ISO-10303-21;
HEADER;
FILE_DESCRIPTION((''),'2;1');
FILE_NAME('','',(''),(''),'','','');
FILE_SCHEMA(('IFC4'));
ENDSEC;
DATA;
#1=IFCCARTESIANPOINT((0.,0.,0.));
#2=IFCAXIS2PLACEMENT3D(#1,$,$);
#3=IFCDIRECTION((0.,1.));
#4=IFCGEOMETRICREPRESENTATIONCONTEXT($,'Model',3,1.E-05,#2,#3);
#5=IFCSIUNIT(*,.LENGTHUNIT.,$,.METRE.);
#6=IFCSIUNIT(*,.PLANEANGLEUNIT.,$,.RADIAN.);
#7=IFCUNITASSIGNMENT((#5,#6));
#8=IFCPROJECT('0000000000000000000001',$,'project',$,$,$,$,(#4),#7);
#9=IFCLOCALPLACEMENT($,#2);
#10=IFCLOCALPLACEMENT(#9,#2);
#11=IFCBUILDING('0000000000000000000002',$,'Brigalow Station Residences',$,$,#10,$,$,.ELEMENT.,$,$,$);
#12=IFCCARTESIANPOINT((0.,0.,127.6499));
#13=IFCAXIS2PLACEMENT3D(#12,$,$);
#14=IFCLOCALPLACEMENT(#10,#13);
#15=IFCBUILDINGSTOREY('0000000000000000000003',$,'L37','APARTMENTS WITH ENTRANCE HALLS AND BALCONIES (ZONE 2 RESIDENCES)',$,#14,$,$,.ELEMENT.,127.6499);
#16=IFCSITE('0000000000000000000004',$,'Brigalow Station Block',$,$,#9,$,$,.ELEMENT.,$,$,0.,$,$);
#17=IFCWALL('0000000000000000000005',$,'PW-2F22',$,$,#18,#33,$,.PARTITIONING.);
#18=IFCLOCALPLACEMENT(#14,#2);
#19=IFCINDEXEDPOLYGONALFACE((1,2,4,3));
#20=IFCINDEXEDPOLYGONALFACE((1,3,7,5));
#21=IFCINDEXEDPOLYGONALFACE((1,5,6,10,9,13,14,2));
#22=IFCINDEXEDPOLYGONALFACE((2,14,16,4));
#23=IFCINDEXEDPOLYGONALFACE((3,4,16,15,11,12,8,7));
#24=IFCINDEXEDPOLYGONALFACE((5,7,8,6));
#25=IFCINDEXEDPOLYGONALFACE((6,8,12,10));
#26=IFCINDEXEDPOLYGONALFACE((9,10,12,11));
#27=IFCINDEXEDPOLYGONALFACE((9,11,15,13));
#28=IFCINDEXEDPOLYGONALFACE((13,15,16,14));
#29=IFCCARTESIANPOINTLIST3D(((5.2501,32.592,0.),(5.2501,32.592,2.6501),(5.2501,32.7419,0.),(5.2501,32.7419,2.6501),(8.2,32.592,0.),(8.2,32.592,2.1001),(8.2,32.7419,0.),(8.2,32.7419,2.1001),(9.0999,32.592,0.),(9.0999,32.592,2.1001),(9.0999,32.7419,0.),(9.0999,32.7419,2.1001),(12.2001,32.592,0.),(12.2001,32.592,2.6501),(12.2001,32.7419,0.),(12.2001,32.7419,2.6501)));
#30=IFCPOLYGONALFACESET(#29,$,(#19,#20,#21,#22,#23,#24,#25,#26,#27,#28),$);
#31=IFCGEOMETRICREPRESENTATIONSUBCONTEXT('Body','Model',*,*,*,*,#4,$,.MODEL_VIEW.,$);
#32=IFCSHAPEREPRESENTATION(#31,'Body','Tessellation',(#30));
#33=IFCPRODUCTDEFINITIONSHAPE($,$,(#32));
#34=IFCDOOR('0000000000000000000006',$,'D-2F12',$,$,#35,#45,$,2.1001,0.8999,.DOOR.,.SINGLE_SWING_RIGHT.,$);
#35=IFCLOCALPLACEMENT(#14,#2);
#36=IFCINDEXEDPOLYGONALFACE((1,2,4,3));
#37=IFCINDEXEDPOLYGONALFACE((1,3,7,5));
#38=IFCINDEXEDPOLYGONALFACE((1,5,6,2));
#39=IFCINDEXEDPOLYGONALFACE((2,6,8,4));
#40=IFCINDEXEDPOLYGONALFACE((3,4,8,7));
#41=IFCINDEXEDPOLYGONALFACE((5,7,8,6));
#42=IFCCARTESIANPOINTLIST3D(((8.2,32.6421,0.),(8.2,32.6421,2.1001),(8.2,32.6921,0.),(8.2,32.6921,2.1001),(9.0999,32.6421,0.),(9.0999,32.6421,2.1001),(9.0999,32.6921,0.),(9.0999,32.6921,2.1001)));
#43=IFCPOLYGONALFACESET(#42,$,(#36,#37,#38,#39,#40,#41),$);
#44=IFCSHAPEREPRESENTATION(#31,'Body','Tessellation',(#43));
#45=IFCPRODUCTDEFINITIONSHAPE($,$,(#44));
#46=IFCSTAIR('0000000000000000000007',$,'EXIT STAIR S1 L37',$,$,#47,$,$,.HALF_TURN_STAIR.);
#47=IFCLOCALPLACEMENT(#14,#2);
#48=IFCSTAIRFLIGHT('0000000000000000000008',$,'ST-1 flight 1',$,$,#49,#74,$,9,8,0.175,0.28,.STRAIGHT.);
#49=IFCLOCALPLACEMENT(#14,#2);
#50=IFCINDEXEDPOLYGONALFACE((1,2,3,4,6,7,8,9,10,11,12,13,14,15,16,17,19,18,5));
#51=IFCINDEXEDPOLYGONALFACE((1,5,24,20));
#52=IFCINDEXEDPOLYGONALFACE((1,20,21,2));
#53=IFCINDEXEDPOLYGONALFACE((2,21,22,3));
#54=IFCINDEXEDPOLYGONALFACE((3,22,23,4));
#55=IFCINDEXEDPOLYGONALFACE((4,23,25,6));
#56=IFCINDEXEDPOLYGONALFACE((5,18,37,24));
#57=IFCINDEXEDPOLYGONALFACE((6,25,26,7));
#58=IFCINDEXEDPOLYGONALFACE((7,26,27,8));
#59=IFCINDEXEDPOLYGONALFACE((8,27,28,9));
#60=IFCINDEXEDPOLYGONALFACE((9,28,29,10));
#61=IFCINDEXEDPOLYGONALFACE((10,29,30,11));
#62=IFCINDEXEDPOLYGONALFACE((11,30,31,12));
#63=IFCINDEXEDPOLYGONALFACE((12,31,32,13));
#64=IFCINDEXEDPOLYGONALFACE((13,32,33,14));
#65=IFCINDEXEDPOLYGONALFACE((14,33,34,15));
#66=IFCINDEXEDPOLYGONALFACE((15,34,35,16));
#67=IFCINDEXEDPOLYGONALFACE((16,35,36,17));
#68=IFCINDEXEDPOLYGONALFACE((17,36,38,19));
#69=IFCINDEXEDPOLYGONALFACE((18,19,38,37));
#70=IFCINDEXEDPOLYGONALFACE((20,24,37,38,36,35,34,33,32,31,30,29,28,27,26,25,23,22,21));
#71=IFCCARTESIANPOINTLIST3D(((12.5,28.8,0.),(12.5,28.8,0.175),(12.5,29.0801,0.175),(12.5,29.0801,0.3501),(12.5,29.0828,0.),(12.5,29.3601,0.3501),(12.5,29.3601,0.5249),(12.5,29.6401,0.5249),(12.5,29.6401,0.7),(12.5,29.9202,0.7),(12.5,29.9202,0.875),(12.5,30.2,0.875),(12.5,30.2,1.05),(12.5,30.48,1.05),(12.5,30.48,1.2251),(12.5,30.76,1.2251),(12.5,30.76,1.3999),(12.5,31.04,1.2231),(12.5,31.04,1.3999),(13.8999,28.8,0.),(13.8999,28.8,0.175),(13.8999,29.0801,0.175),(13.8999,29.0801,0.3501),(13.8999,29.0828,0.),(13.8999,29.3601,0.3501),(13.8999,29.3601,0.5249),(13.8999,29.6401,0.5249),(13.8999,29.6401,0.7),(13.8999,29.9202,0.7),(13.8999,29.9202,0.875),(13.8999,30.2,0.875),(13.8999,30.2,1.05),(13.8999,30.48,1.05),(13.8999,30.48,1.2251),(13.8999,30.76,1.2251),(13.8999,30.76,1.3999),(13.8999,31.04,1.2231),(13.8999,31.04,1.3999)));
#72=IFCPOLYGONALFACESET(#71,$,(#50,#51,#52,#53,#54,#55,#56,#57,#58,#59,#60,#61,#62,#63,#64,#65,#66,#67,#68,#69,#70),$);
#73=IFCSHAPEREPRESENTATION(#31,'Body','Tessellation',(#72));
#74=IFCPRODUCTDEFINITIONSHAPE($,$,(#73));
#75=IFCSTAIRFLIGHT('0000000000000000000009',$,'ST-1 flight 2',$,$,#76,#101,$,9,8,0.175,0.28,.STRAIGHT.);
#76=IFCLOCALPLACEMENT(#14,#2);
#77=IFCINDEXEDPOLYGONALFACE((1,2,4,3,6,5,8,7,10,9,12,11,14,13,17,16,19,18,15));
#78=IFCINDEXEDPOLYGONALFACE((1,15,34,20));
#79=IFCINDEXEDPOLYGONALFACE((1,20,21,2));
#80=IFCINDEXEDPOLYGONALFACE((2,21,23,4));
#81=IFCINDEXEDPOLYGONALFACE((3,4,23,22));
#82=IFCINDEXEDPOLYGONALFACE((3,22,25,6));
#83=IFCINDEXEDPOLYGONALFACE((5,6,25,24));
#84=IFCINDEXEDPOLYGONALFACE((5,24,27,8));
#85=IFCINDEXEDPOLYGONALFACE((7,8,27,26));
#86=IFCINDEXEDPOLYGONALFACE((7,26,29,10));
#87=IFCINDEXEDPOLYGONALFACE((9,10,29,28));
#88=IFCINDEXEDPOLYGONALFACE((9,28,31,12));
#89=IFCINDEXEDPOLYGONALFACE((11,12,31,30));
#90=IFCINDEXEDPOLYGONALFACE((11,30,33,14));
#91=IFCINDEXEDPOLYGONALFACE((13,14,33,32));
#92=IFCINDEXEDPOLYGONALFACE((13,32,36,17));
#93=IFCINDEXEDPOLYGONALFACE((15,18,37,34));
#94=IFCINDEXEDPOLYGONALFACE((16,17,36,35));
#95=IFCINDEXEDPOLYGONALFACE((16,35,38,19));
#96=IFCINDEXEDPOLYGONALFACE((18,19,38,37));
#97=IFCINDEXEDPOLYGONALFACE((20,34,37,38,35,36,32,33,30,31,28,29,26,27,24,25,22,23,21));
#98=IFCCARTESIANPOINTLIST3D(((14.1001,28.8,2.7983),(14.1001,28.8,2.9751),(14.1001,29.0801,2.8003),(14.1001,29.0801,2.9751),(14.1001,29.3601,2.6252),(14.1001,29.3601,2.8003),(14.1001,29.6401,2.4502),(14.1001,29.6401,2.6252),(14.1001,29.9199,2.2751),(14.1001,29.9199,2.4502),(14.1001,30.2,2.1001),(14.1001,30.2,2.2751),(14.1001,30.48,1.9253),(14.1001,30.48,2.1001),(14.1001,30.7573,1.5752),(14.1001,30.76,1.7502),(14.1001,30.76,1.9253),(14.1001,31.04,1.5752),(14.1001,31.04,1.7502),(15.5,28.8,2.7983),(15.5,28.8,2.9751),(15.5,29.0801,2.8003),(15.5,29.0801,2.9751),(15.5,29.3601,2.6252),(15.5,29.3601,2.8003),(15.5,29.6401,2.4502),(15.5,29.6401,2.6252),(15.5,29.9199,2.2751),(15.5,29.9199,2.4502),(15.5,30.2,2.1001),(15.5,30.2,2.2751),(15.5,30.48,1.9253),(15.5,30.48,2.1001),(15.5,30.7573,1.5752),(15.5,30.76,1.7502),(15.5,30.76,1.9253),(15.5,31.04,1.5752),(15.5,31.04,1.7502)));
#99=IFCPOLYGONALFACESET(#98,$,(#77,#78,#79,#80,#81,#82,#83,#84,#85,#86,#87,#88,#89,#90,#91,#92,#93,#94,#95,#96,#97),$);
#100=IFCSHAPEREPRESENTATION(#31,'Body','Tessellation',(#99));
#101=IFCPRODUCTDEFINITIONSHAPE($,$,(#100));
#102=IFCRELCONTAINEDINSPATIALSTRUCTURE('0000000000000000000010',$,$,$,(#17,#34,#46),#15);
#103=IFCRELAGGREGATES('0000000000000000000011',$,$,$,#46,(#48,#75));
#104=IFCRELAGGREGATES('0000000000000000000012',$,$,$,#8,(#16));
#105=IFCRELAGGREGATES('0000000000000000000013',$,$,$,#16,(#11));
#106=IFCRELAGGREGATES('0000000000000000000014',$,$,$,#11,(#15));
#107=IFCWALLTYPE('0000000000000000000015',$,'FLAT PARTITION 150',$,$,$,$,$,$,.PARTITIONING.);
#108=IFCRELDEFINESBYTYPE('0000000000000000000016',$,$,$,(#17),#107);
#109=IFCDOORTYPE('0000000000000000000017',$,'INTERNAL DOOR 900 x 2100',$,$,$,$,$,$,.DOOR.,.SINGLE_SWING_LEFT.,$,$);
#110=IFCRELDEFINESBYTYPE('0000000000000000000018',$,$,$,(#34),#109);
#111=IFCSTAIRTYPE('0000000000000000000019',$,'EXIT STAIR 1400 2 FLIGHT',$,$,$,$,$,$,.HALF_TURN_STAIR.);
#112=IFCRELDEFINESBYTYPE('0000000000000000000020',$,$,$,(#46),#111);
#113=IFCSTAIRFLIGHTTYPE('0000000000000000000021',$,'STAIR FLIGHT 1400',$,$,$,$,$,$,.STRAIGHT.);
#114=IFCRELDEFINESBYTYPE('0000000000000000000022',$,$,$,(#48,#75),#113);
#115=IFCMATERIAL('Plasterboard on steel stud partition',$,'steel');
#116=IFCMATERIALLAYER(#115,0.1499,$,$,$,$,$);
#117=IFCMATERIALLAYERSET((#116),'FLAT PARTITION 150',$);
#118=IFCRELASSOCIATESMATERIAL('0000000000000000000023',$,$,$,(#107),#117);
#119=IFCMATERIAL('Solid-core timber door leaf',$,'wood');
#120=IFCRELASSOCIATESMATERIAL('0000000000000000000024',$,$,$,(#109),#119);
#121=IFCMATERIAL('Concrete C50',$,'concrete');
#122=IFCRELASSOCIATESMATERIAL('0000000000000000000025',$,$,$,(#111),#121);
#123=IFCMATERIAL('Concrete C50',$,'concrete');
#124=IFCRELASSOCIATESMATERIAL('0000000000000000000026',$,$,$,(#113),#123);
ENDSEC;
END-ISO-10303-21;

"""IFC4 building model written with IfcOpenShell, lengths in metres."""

from ifc_helpers import new_model, si_unit, direction, frame, frame_2d, origin, place, context, subcontext, project, spatial, polyline, rectangle, outline, extrude, material, layer, layer_set, type_object, element, fill, aggregate, save


model = new_model("IFC4")

# Units and contexts
model_context = context("Model", 3, precision=1e-05, world=origin(), true_north=direction((0.0, 1.0)))
body_context = subcontext(model_context, "Body", "Model", "MODEL_VIEW")
ifc_project = project(units=[si_unit("LENGTHUNIT", "METRE"), si_unit("PLANEANGLEUNIT", "RADIAN")], contexts=[model_context])

# Site, building, storey
site_placement = place(None, origin())
site = spatial("IfcSite", under=ifc_project, at=site_placement, Name="Brigalow Station Block", CompositionType="ELEMENT", RefElevation=0.0)
building_placement = place(site_placement, origin())
building = spatial("IfcBuilding", under=site, at=building_placement, Name="Brigalow Station Residences", CompositionType="ELEMENT")
storey_placement = place(building_placement, frame((0.0, 0.0, 127.6499)))
storey = spatial("IfcBuildingStorey", under=building, at=storey_placement, Name="L37", Description="APARTMENTS WITH ENTRANCE HALLS AND BALCONIES (ZONE 2 RESIDENCES)", CompositionType="ELEMENT", Elevation=127.6499)

# Wall, opening, door
ifc_material_1 = material(Name="Plasterboard on steel stud partition", Category="steel")
ifc_layer_1 = layer(ifc_material_1, 0.1499)
ifc_layer_set_1 = layer_set([ifc_layer_1], Name="FLAT PARTITION 150")
wall_type_1 = type_object("IfcWallType", Name="FLAT PARTITION 150", PredefinedType="PARTITIONING", material=ifc_layer_set_1)
ifc_material_2 = material(Name="Solid-core timber door leaf", Category="wood")
door_type_1 = type_object("IfcDoorType", Name="INTERNAL DOOR 900 x 2100", OperationType="SINGLE_SWING_LEFT", PredefinedType="DOOR", material=ifc_material_2)
wall_1_placement = place(storey_placement, frame((5.25, 32.667, 0.0), z_axis=(0.0, 0.0, 1.0), x_axis=(1.0, 0.0, 0.0)))
wall_1 = element("IfcWall", 1, at=wall_1_placement, inside=storey, type_object=wall_type_1, Name="PW-2F22", PredefinedType="PARTITIONING", context=body_context, shape_type="SweptSolid", body=[
    extrude(rectangle(XDim=6.95, YDim=0.1499, at=frame_2d((3.4751, 0.0))), origin(), (0.0, 0.0, 1.0), 2.6501),
])
opening_1_placement = place(wall_1_placement, frame((2.95, 0.0, 0.0)))
opening_1 = element("IfcOpeningElement", 2, at=opening_1_placement, cuts=wall_1, PredefinedType="OPENING", context=body_context, shape_type="SweptSolid", body=[
    extrude(rectangle(XDim=0.8999, YDim=2.1001, at=frame_2d((0.45, 1.05))), frame((0.0, 0.085, 0.0), z_axis=(0.0, -1.0, 0.0), x_axis=(1.0, 0.0, 0.0)), (0.0, 0.0, 1.0), 0.1699),
])
door_1_placement = place(opening_1_placement, frame((0.8999, 0.0, 0.0), z_axis=(0.0, 0.0, 1.0), x_axis=(-1.0, 0.0, 0.0)))
door_1 = element("IfcDoor", 3, at=door_1_placement, inside=storey, type_object=door_type_1, Name="D-2F12", OperationType="SINGLE_SWING_RIGHT", OverallHeight=2.1001, OverallWidth=0.8999, PredefinedType="DOOR", context=body_context, shape_type="SweptSolid", body=[
    extrude(rectangle(XDim=0.8999, YDim=2.1001, at=frame_2d((0.45, 1.05))), frame((0.0, 0.0249, 0.0), z_axis=(0.0, -1.0, 0.0), x_axis=(1.0, 0.0, 0.0)), (0.0, 0.0, 1.0), 0.05),
])
fill(opening_1, door_1)

# Stair, stair flights
ifc_material_3 = material(Name="Concrete C50", Category="concrete")
stair_type = type_object("IfcStairType", Name="EXIT STAIR 1400 2 FLIGHT", PredefinedType="HALF_TURN_STAIR", material=ifc_material_3)
stair_placement = place(storey_placement, origin())
stair = element("IfcStair", 4, at=stair_placement, inside=storey, type_object=stair_type, Name="EXIT STAIR S1 L37", PredefinedType="HALF_TURN_STAIR")
ifc_material_4 = material(Name="Concrete C50", Category="concrete")
stair_flight_type = type_object("IfcStairFlightType", Name="STAIR FLIGHT 1400", PredefinedType="STRAIGHT", material=ifc_material_4)
stair_flight_1_placement = place(storey_placement, frame((13.2, 28.8, 0.0), z_axis=(0.0, 0.0, 1.0), x_axis=(0.0, 1.0, 0.0)))
stair_flight_1 = element("IfcStairFlight", 5, at=stair_flight_1_placement, type_object=stair_flight_type, Name="ST-1 flight 1", NumberOfRisers=9, NumberOfTreads=8, PredefinedType="STRAIGHT", RiserHeight=0.175, TreadLength=0.28, context=body_context, shape_type="SweptSolid", body=[
    extrude(outline(polyline([(0.0, 0.0), (0.0, 0.175), (0.28, 0.175), (0.28, 0.3501), (0.5601, 0.3501), (0.5601, 0.5249), (0.8401, 0.5249), (0.8401, 0.7), (1.1201, 0.7), (1.1201, 0.875), (1.3999, 0.875), (1.3999, 1.05), (1.6799, 1.05), (1.6799, 1.2251), (1.96, 1.2251), (1.96, 1.3999), (2.24, 1.3999), (2.24, 1.575), (2.24, 1.2231), (0.2827, 0.0), (0.0, 0.0)])), frame((0.0, 0.7, 0.0), z_axis=(0.0, -1.0, 0.0), x_axis=(1.0, 0.0, 0.0)), (0.0, 0.0, 1.0), 1.3999),
])
stair_flight_2_placement = place(storey_placement, frame((14.8, 31.04, 1.5752), z_axis=(0.0, 0.0, 1.0), x_axis=(0.0, -1.0, 0.0)))
stair_flight_2 = element("IfcStairFlight", 6, at=stair_flight_2_placement, type_object=stair_flight_type, Name="ST-1 flight 2", NumberOfRisers=9, NumberOfTreads=8, PredefinedType="STRAIGHT", RiserHeight=0.175, TreadLength=0.28, context=body_context, shape_type="SweptSolid", body=[
    extrude(outline(polyline([(0.0, 0.0), (0.0, 0.175), (0.28, 0.175), (0.28, 0.3501), (0.5601, 0.3501), (0.5601, 0.5249), (0.8401, 0.5249), (0.8401, 0.7), (1.1201, 0.7), (1.1201, 0.875), (1.3999, 0.875), (1.3999, 1.05), (1.6799, 1.05), (1.6799, 1.2251), (1.96, 1.2251), (1.96, 1.3999), (2.24, 1.3999), (2.24, 1.575), (2.24, 1.2231), (0.2827, 0.0), (0.0, 0.0)])), frame((0.0, 0.7, 0.0), z_axis=(0.0, -1.0, 0.0), x_axis=(1.0, 0.0, 0.0)), (0.0, 0.0, 1.0), 1.3999),
])
aggregate(stair, [stair_flight_1, stair_flight_2])

save(model, "model.ifc")
